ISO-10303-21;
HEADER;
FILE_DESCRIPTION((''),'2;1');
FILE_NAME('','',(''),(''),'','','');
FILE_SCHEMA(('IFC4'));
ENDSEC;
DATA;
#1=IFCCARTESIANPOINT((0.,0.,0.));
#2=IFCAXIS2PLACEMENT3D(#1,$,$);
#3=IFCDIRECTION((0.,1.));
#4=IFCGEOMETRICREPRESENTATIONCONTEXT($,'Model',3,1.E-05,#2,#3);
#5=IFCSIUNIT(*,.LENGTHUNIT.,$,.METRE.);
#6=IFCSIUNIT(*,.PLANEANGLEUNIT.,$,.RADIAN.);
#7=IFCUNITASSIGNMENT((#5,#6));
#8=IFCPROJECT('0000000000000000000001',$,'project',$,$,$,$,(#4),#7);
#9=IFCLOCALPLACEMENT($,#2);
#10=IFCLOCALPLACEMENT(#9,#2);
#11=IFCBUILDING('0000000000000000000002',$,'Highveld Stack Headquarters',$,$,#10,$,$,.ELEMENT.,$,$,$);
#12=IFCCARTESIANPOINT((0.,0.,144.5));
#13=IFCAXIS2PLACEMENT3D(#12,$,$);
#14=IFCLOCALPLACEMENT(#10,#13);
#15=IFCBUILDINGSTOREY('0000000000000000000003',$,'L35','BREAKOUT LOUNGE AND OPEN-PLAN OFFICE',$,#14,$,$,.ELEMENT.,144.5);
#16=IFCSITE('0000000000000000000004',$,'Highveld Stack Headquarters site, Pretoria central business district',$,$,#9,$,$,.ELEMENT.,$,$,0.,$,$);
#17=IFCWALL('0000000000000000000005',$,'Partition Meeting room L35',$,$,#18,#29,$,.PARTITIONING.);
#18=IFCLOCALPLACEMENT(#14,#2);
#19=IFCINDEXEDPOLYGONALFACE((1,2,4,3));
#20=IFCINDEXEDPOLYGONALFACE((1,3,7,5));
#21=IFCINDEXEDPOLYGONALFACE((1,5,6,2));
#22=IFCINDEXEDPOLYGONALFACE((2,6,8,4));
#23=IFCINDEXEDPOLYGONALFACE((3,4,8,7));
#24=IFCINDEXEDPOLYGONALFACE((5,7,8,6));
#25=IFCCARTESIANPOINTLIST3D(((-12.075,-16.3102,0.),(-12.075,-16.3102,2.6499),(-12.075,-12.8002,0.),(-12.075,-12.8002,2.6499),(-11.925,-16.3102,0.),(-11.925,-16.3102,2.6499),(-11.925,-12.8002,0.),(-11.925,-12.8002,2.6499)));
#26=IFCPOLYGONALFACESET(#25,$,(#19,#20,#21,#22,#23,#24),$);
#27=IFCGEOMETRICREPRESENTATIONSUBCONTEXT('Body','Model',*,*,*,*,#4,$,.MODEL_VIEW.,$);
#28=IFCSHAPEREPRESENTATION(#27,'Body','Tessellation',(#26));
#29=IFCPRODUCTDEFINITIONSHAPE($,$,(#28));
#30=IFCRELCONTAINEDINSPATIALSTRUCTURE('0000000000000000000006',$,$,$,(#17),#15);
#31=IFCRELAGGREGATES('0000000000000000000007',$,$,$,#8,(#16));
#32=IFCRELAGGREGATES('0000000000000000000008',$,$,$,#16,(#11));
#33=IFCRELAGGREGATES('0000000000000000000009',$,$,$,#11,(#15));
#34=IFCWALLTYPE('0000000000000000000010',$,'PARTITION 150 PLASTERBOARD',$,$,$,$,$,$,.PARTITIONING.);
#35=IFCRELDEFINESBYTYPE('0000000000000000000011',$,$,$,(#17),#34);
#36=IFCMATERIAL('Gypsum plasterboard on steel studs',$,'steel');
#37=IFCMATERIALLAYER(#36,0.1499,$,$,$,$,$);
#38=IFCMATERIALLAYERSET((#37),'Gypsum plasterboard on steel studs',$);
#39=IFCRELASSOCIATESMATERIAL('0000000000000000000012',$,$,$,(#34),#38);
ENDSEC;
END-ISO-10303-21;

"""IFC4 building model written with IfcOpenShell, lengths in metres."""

from ifc_helpers import new_model, si_unit, direction, frame, frame_2d, origin, place, context, subcontext, project, spatial, rectangle, extrude, material, layer, layer_set, type_object, element, save


model = new_model("IFC4")

# Units and contexts
model_context = context("Model", 3, precision=1e-05, world=origin(), true_north=direction((0.0, 1.0)))
body_context = subcontext(model_context, "Body", "Model", "MODEL_VIEW")
ifc_project = project(units=[si_unit("LENGTHUNIT", "METRE"), si_unit("PLANEANGLEUNIT", "RADIAN")], contexts=[model_context])

# Site, building, storey
site_placement = place(None, origin())
site = spatial("IfcSite", under=ifc_project, at=site_placement, Name="Highveld Stack Headquarters site, Pretoria central business district", CompositionType="ELEMENT", RefElevation=0.0)
building_placement = place(site_placement, origin())
building = spatial("IfcBuilding", under=site, at=building_placement, Name="Highveld Stack Headquarters", CompositionType="ELEMENT")
storey_placement = place(building_placement, frame((0.0, 0.0, 144.5)))
storey = spatial("IfcBuildingStorey", under=building, at=storey_placement, Name="L35", Description="BREAKOUT LOUNGE AND OPEN-PLAN OFFICE", CompositionType="ELEMENT", Elevation=144.5)

# Wall
ifc_material_1 = material(Name="Gypsum plasterboard on steel studs", Category="steel")
ifc_layer_1 = layer(ifc_material_1, 0.1499)
ifc_layer_set_1 = layer_set([ifc_layer_1], Name="Gypsum plasterboard on steel studs")
wall_type_1 = type_object("IfcWallType", Name="PARTITION 150 PLASTERBOARD", PredefinedType="PARTITIONING", material=ifc_layer_set_1)
wall_1_placement = place(storey_placement, frame((-12.0, -16.3101, 0.0), z_axis=(0.0, 0.0, 1.0), x_axis=(0.0, 1.0, 0.0)))
element("IfcWall", 1, at=wall_1_placement, inside=storey, type_object=wall_type_1, Name="Partition Meeting room L35", PredefinedType="PARTITIONING", context=body_context, shape_type="SweptSolid", body=[
    extrude(rectangle(XDim=3.51, YDim=0.1499, at=frame_2d((1.7549, 0.0))), origin(), (0.0, 0.0, 1.0), 2.6499),
])

save(model, "model.ifc")
